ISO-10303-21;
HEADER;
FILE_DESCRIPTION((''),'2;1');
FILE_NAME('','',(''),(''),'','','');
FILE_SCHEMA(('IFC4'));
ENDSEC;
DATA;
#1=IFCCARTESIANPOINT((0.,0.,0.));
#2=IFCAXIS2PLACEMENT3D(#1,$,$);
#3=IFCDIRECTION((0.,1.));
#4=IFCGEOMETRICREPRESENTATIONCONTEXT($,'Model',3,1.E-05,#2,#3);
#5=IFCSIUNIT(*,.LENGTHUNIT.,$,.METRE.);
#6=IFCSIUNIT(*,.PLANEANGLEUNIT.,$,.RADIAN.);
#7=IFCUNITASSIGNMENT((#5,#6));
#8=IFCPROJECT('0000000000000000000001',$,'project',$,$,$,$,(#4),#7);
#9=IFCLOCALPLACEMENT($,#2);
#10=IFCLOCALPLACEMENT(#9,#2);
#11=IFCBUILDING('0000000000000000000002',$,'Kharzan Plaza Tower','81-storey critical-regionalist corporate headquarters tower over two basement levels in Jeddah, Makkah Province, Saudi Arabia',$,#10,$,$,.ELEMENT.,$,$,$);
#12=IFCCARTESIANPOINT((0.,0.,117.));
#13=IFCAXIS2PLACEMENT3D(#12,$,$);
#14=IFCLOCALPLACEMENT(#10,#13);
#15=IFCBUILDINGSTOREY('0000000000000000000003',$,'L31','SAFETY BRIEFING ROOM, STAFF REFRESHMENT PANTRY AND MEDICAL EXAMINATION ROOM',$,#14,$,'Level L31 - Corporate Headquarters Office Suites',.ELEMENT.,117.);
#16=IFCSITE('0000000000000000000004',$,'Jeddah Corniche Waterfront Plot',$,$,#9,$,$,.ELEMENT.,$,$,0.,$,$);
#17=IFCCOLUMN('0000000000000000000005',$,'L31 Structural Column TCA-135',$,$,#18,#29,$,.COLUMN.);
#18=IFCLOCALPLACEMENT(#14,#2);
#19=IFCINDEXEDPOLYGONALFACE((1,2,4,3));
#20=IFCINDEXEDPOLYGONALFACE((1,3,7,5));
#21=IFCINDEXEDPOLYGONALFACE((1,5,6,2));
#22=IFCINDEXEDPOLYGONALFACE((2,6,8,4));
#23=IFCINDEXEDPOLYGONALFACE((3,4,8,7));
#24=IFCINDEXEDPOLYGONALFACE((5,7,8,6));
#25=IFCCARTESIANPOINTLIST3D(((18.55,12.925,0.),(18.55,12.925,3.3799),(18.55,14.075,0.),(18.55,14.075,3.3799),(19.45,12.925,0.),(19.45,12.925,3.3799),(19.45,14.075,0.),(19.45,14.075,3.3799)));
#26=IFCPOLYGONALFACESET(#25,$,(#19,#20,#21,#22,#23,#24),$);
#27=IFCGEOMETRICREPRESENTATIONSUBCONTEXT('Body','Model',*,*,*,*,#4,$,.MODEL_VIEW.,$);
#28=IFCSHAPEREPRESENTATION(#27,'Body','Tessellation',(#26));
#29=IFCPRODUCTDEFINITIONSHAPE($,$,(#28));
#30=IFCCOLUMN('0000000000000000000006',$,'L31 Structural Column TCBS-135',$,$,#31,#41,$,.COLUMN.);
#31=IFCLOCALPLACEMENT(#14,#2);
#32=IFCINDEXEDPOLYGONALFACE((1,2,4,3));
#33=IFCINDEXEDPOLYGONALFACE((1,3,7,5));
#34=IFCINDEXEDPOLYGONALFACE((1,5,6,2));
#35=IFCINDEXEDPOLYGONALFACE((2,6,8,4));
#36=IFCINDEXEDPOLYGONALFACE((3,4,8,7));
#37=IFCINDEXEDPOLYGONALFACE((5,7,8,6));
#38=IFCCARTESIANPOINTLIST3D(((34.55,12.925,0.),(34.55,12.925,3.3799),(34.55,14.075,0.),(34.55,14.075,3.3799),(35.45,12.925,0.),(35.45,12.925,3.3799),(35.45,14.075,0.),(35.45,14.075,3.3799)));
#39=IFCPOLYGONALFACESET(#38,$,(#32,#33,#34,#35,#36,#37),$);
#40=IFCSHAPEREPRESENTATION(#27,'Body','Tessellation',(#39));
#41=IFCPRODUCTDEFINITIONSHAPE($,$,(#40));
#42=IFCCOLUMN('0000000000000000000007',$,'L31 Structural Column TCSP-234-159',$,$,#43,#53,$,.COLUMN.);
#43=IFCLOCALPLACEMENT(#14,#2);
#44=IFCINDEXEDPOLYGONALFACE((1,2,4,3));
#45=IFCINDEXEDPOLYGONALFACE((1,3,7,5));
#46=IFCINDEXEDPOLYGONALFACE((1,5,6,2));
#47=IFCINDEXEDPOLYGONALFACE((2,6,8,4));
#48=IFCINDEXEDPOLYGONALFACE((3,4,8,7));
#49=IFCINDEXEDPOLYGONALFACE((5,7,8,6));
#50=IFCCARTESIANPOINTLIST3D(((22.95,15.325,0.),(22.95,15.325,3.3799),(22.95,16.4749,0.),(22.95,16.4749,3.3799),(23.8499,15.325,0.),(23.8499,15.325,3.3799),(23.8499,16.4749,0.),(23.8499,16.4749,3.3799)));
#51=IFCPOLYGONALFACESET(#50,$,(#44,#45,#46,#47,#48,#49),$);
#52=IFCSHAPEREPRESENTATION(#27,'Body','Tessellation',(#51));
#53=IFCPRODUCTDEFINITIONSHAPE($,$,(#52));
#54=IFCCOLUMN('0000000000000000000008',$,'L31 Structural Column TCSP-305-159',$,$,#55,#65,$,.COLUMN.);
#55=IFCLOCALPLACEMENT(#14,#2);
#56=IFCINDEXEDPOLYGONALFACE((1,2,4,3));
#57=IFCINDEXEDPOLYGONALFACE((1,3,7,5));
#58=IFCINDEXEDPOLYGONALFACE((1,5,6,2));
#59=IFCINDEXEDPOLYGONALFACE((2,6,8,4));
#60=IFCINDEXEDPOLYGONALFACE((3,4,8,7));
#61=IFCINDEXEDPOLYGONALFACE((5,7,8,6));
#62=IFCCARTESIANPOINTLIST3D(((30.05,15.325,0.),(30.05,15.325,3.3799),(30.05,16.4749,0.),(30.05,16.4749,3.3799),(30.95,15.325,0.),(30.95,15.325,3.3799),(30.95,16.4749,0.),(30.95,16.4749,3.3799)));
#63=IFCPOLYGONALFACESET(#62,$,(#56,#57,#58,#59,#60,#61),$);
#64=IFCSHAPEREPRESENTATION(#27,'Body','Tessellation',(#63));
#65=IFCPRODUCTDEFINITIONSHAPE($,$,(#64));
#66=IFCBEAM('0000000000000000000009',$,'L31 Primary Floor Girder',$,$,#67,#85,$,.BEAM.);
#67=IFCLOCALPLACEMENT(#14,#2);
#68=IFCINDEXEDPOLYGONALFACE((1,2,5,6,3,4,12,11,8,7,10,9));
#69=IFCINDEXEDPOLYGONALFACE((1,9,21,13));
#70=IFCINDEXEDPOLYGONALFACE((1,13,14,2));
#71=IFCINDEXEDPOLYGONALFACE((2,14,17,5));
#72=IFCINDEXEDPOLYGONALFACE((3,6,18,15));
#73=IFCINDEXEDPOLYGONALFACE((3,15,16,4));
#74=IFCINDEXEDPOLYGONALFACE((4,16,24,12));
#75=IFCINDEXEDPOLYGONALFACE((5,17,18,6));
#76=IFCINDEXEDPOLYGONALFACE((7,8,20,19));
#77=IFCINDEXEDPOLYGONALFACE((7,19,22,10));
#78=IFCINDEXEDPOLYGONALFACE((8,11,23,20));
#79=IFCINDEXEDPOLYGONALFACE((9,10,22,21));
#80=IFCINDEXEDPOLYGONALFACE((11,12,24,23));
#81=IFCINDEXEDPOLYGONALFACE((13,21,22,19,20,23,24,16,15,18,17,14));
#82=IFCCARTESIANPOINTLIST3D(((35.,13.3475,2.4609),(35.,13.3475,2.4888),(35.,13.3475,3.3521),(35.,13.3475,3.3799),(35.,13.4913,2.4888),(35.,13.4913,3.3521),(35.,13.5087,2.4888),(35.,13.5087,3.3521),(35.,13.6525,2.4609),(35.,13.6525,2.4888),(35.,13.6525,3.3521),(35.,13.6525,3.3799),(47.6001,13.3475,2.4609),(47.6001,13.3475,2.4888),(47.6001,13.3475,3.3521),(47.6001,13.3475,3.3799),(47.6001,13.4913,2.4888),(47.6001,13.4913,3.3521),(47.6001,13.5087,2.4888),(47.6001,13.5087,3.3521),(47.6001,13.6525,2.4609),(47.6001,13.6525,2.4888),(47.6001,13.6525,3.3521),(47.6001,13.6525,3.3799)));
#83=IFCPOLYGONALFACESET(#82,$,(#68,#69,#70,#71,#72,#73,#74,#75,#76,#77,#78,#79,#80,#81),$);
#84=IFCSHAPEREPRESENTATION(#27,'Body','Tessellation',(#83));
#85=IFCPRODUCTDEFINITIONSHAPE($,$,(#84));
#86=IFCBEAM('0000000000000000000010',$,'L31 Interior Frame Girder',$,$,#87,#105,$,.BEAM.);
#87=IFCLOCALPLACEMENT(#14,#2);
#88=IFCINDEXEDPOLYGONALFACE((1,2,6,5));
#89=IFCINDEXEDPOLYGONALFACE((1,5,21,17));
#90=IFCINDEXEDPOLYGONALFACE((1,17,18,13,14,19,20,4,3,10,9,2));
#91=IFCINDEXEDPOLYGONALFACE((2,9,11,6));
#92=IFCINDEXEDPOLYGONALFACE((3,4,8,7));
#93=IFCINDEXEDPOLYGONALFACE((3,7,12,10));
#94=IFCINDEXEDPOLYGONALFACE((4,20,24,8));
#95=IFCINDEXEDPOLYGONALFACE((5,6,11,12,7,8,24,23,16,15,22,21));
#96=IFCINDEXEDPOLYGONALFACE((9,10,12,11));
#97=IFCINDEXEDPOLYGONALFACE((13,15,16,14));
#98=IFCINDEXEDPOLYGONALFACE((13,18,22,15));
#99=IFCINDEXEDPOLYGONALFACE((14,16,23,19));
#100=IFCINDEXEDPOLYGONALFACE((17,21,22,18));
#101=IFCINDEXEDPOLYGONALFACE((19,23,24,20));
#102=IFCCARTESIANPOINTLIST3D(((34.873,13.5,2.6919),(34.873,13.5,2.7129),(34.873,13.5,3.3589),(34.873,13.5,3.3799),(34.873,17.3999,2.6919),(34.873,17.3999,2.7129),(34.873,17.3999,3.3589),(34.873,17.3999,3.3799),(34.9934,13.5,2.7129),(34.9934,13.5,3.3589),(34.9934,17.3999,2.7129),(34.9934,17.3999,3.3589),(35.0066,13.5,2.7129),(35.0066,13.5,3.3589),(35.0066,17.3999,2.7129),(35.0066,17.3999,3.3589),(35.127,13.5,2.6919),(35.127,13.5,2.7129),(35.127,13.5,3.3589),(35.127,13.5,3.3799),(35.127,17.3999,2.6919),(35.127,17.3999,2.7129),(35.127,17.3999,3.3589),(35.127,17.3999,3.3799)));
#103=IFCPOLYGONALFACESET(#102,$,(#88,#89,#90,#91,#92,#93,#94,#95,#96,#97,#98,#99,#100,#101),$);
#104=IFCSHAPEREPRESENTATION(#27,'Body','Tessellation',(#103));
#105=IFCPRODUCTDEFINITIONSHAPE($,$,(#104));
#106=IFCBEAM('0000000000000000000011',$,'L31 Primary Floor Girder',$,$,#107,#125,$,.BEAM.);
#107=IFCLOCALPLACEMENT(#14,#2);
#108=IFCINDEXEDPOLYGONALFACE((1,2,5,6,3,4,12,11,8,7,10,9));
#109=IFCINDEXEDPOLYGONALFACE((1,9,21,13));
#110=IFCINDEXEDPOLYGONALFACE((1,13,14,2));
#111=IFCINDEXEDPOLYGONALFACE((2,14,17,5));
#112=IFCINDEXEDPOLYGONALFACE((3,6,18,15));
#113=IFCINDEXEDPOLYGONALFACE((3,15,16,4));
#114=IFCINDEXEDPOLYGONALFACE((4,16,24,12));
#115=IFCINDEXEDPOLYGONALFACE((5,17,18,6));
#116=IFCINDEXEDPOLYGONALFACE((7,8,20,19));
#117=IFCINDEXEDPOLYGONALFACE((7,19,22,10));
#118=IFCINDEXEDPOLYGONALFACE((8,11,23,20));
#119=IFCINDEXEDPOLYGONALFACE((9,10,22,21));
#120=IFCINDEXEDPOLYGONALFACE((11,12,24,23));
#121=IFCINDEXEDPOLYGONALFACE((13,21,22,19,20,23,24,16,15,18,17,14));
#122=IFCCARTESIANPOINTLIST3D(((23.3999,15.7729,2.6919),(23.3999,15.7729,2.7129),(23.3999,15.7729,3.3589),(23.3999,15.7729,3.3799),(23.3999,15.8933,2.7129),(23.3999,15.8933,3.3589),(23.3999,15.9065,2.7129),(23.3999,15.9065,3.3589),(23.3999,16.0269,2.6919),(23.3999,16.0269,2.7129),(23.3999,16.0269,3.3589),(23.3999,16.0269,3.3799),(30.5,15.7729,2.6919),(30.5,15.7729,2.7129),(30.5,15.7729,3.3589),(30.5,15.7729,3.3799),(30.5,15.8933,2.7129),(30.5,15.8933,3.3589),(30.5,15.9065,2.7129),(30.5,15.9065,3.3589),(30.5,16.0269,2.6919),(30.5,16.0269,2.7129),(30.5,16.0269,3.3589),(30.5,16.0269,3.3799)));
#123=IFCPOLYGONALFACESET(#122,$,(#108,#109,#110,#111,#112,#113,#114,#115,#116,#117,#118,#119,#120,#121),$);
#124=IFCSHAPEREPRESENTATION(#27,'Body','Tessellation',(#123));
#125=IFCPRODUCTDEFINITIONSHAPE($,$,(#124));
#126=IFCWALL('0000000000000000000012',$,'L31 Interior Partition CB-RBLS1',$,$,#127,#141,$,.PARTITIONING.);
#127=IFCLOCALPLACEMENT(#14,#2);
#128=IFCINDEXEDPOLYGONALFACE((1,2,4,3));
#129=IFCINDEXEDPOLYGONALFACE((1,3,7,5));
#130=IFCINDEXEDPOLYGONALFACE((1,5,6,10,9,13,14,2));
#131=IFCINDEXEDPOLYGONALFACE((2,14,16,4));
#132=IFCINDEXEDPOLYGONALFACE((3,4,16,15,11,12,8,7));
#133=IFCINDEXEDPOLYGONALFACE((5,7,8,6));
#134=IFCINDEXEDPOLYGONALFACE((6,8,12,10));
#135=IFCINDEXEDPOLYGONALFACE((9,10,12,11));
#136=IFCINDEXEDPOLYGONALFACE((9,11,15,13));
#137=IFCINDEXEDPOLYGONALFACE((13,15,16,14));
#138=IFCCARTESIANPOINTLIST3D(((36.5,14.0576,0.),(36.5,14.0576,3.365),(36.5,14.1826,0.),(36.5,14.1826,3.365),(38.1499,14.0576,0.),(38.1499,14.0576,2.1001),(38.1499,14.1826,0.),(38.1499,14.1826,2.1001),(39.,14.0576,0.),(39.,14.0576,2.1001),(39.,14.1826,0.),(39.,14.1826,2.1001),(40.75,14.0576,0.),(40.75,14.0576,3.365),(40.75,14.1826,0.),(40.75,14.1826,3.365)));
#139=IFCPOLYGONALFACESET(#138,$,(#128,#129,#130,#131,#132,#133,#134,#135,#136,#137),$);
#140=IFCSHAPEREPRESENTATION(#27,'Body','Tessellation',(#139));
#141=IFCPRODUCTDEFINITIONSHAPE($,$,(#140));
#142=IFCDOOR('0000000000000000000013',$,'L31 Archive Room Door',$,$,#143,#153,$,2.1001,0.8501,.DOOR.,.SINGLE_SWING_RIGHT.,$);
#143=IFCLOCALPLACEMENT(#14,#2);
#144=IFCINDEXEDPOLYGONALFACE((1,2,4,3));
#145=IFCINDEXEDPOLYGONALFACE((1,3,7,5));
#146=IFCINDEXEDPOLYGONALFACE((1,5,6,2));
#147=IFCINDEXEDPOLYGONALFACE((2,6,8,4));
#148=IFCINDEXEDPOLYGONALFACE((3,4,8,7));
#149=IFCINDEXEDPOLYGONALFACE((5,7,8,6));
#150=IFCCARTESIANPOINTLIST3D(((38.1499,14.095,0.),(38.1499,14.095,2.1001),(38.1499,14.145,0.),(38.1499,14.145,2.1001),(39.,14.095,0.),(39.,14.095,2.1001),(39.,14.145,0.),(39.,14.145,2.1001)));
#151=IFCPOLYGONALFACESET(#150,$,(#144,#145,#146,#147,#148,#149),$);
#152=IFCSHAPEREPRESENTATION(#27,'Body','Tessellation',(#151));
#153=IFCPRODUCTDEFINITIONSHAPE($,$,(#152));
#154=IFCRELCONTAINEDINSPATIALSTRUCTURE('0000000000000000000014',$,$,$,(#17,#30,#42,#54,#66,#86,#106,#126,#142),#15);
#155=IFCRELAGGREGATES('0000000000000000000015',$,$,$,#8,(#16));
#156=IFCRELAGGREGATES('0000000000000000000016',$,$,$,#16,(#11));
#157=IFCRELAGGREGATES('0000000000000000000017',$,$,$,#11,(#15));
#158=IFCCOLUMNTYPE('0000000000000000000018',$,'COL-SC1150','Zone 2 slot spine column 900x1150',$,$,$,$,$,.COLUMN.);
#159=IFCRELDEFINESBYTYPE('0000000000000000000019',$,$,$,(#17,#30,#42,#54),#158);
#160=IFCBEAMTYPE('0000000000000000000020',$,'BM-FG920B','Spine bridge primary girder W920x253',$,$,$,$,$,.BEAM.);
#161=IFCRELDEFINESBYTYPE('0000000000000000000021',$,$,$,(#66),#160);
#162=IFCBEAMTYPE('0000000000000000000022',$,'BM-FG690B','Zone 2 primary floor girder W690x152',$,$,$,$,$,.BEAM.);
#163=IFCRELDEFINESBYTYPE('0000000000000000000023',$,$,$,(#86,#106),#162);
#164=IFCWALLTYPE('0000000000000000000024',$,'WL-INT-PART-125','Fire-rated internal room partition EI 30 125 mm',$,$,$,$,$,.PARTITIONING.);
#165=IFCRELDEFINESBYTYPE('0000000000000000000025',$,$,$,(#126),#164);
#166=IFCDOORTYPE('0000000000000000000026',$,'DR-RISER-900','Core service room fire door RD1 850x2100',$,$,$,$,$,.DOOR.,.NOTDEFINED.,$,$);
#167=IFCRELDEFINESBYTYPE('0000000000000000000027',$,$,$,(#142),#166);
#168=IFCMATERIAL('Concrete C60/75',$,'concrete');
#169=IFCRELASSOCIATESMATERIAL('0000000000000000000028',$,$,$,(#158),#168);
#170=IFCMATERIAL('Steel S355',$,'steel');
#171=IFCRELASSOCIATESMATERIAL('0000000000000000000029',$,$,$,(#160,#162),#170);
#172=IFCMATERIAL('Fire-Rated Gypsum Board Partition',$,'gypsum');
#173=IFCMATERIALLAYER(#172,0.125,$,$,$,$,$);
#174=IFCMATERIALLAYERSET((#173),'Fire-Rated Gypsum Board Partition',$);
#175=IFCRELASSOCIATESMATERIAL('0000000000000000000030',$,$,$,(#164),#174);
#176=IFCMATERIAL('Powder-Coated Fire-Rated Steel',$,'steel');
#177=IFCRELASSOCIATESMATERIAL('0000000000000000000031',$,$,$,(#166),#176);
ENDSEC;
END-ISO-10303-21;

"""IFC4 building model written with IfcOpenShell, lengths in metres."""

from ifc_helpers import new_model, si_unit, direction, frame, frame_2d, origin, origin_2d, place, context, subcontext, project, spatial, rectangle, i_section, extrude, source, transform, mapped, material, layer, layer_set, material_profile, profile_set, type_object, element, fill, save


model = new_model("IFC4")

# Units and contexts
model_context = context("Model", 3, precision=1e-05, world=origin(), true_north=direction((0.0, 1.0)))
body_context = subcontext(model_context, "Body", "Model", "MODEL_VIEW")
ifc_project = project(units=[si_unit("LENGTHUNIT", "METRE"), si_unit("PLANEANGLEUNIT", "RADIAN")], contexts=[model_context])

# Site, building, storey
site_placement = place(None, origin())
site = spatial("IfcSite", under=ifc_project, at=site_placement, Name="Jeddah Corniche Waterfront Plot", CompositionType="ELEMENT", RefElevation=0.0)
building_placement = place(site_placement, origin())
building = spatial("IfcBuilding", under=site, at=building_placement, Name="Kharzan Plaza Tower", Description="81-storey critical-regionalist corporate headquarters tower over two basement levels in Jeddah, Makkah Province, Saudi Arabia", CompositionType="ELEMENT")
storey_placement = place(building_placement, frame((0.0, 0.0, 117.0)))
storey = spatial("IfcBuildingStorey", under=building, at=storey_placement, Name="L31", Description="SAFETY BRIEFING ROOM, STAFF REFRESHMENT PANTRY AND MEDICAL EXAMINATION ROOM", LongName="Level L31 - Corporate Headquarters Office Suites", CompositionType="ELEMENT", Elevation=117.0)

# Columns
ifc_material_1 = material(Name="Concrete C60/75", Category="concrete")
ifc_material_profile_1 = material_profile(ifc_material_1, rectangle(XDim=0.8999, YDim=1.1499, at=origin_2d()), Name="RC-SC1150x900")
ifc_profile_set_1 = profile_set([ifc_material_profile_1], Name="Concrete C60/75")
column_type = type_object("IfcColumnType", Name="COL-SC1150", Description="Zone 2 slot spine column 900x1150", PredefinedType="COLUMN", material=ifc_profile_set_1)
shared_shape_1 = source(origin(), body_context, "Body", "SweptSolid", [
    extrude(rectangle(XDim=0.8999, YDim=1.1499, at=origin_2d()), origin(), (0.0, 0.0, 1.0), 3.3799),
])
for number, where, z_axis, x_axis, name in (
    (1, (19.0, 13.5, 0.0), (0.0, 0.0, 1.0), (1.0, 0.0, 0.0), "L31 Structural Column TCA-135"),
    (2, (35.0, 13.5, 0.0), (0.0, 0.0, 1.0), (1.0, 0.0, 0.0), "L31 Structural Column TCBS-135"),
    (3, (23.3999, 15.8999, 0.0), (0.0, 0.0, 1.0), (1.0, 0.0, 0.0), "L31 Structural Column TCSP-234-159"),
    (4, (30.5, 15.8999, 0.0), (0.0, 0.0, 1.0), (1.0, 0.0, 0.0), "L31 Structural Column TCSP-305-159"),
):
    element("IfcColumn", number, at=place(storey_placement, frame(where, z_axis=z_axis, x_axis=x_axis)), inside=storey, type_object=column_type, Name=name, PredefinedType="COLUMN", context=body_context, shape_type="MappedRepresentation", body=[
        mapped(shared_shape_1, transform((0.0, 0.0, 0.0), x_axis=(1.0, 0.0, 0.0), y_axis=(0.0, 1.0, 0.0), z_axis=(0.0, 0.0, 1.0))),
    ])

# Beams
ifc_material_2 = material(Name="Steel S355", Category="steel")
ifc_material_profile_2 = material_profile(ifc_material_2, i_section(OverallWidth=0.3049, OverallDepth=0.9189, WebThickness=0.0173, FlangeThickness=0.0278, at=origin_2d()), Name="W920x253")
ifc_profile_set_2 = profile_set([ifc_material_profile_2], Name="Steel S355")
beam_type_1 = type_object("IfcBeamType", Name="BM-FG920B", Description="Spine bridge primary girder W920x253", PredefinedType="BEAM", material=ifc_profile_set_2)
shared_shape_2 = source(origin(), body_context, "Body", "SweptSolid", [
    extrude(i_section(OverallWidth=0.3049, OverallDepth=0.9189, WebThickness=0.0173, FlangeThickness=0.0278, at=origin_2d()), origin(), (0.0, 0.0, 1.0), 12.6001),
])
beam_1_placement = place(storey_placement, frame((35.0, 13.5, 2.9204), z_axis=(1.0, 0.0, 0.0), x_axis=(0.0, 1.0, 0.0)))
element("IfcBeam", 5, at=beam_1_placement, inside=storey, type_object=beam_type_1, Name="L31 Primary Floor Girder", PredefinedType="BEAM", context=body_context, shape_type="MappedRepresentation", body=[
    mapped(shared_shape_2, transform((0.0, 0.0, 0.0), x_axis=(1.0, 0.0, 0.0), y_axis=(0.0, 1.0, 0.0), z_axis=(0.0, 0.0, 1.0))),
])
ifc_material_profile_3 = material_profile(ifc_material_2, i_section(OverallWidth=0.2539, OverallDepth=0.688, WebThickness=0.0132, FlangeThickness=0.021, at=origin_2d()), Name="W690x152")
ifc_profile_set_3 = profile_set([ifc_material_profile_3], Name="Steel S355")
beam_type_2 = type_object("IfcBeamType", Name="BM-FG690B", Description="Zone 2 primary floor girder W690x152", PredefinedType="BEAM", material=ifc_profile_set_3)
shared_shape_3 = source(origin(), body_context, "Body", "SweptSolid", [
    extrude(i_section(OverallWidth=0.2539, OverallDepth=0.688, WebThickness=0.0132, FlangeThickness=0.021, at=origin_2d()), origin(), (0.0, 0.0, 1.0), 3.8999),
])
beam_2_placement = place(storey_placement, frame((35.0, 13.5, 3.0359), z_axis=(0.0, 1.0, 0.0), x_axis=(-1.0, 0.0, 0.0)))
element("IfcBeam", 6, at=beam_2_placement, inside=storey, type_object=beam_type_2, Name="L31 Interior Frame Girder", PredefinedType="BEAM", context=body_context, shape_type="MappedRepresentation", body=[
    mapped(shared_shape_3, transform((0.0, 0.0, 0.0), x_axis=(1.0, 0.0, 0.0), y_axis=(0.0, 1.0, 0.0), z_axis=(0.0, 0.0, 1.0))),
])
shared_shape_4 = source(origin(), body_context, "Body", "SweptSolid", [
    extrude(i_section(OverallWidth=0.2539, OverallDepth=0.688, WebThickness=0.0132, FlangeThickness=0.021, at=origin_2d()), origin(), (0.0, 0.0, 1.0), 7.1001),
])
beam_3_placement = place(storey_placement, frame((23.3999, 15.8999, 3.0359), z_axis=(1.0, 0.0, 0.0), x_axis=(0.0, 1.0, 0.0)))
element("IfcBeam", 7, at=beam_3_placement, inside=storey, type_object=beam_type_2, Name="L31 Primary Floor Girder", PredefinedType="BEAM", context=body_context, shape_type="MappedRepresentation", body=[
    mapped(shared_shape_4, transform((0.0, 0.0, 0.0), x_axis=(1.0, 0.0, 0.0), y_axis=(0.0, 1.0, 0.0), z_axis=(0.0, 0.0, 1.0))),
])

# Wall, opening, door
ifc_material_3 = material(Name="Fire-Rated Gypsum Board Partition", Category="gypsum")
ifc_layer_1 = layer(ifc_material_3, 0.125)
ifc_layer_set_1 = layer_set([ifc_layer_1], Name="Fire-Rated Gypsum Board Partition")
wall_type_1 = type_object("IfcWallType", Name="WL-INT-PART-125", Description="Fire-rated internal room partition EI 30 125 mm", PredefinedType="PARTITIONING", material=ifc_layer_set_1)
wall_1_placement = place(storey_placement, frame((36.5, 14.1201, 0.0), z_axis=(0.0, 0.0, 1.0), x_axis=(1.0, 0.0, 0.0)))
wall_1 = element("IfcWall", 8, at=wall_1_placement, inside=storey, type_object=wall_type_1, Name="L31 Interior Partition CB-RBLS1", PredefinedType="PARTITIONING", context=body_context, shape_type="SweptSolid", body=[
    extrude(rectangle(XDim=4.25, YDim=0.125, at=frame_2d((2.125, 0.0))), origin(), (0.0, 0.0, 1.0), 3.365),
])
opening_1_placement = place(wall_1_placement, frame((1.6499, 0.0, 0.0)))
opening_1 = element("IfcOpeningElement", 9, at=opening_1_placement, cuts=wall_1, PredefinedType="OPENING", context=body_context, shape_type="SweptSolid", body=[
    extrude(rectangle(XDim=0.8501, YDim=2.1001, at=frame_2d((0.425, 1.05))), frame((0.0, 0.0725, 0.0), z_axis=(0.0, -1.0, 0.0), x_axis=(1.0, 0.0, 0.0)), (0.0, 0.0, 1.0), 0.145),
])
ifc_material_4 = material(Name="Powder-Coated Fire-Rated Steel", Category="steel")
door_type_1 = type_object("IfcDoorType", Name="DR-RISER-900", Description="Core service room fire door RD1 850x2100", OperationType="NOTDEFINED", PredefinedType="DOOR", material=ifc_material_4)
shared_shape_5 = source(origin(), body_context, "Body", "SweptSolid", [
    extrude(rectangle(XDim=0.8501, YDim=2.1001, at=frame_2d((0.425, 1.05))), frame((0.0, 0.0249, 0.0), z_axis=(0.0, -1.0, 0.0), x_axis=(1.0, 0.0, 0.0)), (0.0, 0.0, 1.0), 0.05),
])
door_1_placement = place(opening_1_placement, origin())
door_1 = element("IfcDoor", 10, at=door_1_placement, inside=storey, type_object=door_type_1, Name="L31 Archive Room Door", OperationType="SINGLE_SWING_RIGHT", OverallHeight=2.1001, OverallWidth=0.8501, PredefinedType="DOOR", context=body_context, shape_type="MappedRepresentation", body=[
    mapped(shared_shape_5, transform((0.0, 0.0, 0.0), x_axis=(1.0, 0.0, 0.0), y_axis=(0.0, 1.0, 0.0), z_axis=(0.0, 0.0, 1.0))),
])
fill(opening_1, door_1)

save(model, "model.ifc")
